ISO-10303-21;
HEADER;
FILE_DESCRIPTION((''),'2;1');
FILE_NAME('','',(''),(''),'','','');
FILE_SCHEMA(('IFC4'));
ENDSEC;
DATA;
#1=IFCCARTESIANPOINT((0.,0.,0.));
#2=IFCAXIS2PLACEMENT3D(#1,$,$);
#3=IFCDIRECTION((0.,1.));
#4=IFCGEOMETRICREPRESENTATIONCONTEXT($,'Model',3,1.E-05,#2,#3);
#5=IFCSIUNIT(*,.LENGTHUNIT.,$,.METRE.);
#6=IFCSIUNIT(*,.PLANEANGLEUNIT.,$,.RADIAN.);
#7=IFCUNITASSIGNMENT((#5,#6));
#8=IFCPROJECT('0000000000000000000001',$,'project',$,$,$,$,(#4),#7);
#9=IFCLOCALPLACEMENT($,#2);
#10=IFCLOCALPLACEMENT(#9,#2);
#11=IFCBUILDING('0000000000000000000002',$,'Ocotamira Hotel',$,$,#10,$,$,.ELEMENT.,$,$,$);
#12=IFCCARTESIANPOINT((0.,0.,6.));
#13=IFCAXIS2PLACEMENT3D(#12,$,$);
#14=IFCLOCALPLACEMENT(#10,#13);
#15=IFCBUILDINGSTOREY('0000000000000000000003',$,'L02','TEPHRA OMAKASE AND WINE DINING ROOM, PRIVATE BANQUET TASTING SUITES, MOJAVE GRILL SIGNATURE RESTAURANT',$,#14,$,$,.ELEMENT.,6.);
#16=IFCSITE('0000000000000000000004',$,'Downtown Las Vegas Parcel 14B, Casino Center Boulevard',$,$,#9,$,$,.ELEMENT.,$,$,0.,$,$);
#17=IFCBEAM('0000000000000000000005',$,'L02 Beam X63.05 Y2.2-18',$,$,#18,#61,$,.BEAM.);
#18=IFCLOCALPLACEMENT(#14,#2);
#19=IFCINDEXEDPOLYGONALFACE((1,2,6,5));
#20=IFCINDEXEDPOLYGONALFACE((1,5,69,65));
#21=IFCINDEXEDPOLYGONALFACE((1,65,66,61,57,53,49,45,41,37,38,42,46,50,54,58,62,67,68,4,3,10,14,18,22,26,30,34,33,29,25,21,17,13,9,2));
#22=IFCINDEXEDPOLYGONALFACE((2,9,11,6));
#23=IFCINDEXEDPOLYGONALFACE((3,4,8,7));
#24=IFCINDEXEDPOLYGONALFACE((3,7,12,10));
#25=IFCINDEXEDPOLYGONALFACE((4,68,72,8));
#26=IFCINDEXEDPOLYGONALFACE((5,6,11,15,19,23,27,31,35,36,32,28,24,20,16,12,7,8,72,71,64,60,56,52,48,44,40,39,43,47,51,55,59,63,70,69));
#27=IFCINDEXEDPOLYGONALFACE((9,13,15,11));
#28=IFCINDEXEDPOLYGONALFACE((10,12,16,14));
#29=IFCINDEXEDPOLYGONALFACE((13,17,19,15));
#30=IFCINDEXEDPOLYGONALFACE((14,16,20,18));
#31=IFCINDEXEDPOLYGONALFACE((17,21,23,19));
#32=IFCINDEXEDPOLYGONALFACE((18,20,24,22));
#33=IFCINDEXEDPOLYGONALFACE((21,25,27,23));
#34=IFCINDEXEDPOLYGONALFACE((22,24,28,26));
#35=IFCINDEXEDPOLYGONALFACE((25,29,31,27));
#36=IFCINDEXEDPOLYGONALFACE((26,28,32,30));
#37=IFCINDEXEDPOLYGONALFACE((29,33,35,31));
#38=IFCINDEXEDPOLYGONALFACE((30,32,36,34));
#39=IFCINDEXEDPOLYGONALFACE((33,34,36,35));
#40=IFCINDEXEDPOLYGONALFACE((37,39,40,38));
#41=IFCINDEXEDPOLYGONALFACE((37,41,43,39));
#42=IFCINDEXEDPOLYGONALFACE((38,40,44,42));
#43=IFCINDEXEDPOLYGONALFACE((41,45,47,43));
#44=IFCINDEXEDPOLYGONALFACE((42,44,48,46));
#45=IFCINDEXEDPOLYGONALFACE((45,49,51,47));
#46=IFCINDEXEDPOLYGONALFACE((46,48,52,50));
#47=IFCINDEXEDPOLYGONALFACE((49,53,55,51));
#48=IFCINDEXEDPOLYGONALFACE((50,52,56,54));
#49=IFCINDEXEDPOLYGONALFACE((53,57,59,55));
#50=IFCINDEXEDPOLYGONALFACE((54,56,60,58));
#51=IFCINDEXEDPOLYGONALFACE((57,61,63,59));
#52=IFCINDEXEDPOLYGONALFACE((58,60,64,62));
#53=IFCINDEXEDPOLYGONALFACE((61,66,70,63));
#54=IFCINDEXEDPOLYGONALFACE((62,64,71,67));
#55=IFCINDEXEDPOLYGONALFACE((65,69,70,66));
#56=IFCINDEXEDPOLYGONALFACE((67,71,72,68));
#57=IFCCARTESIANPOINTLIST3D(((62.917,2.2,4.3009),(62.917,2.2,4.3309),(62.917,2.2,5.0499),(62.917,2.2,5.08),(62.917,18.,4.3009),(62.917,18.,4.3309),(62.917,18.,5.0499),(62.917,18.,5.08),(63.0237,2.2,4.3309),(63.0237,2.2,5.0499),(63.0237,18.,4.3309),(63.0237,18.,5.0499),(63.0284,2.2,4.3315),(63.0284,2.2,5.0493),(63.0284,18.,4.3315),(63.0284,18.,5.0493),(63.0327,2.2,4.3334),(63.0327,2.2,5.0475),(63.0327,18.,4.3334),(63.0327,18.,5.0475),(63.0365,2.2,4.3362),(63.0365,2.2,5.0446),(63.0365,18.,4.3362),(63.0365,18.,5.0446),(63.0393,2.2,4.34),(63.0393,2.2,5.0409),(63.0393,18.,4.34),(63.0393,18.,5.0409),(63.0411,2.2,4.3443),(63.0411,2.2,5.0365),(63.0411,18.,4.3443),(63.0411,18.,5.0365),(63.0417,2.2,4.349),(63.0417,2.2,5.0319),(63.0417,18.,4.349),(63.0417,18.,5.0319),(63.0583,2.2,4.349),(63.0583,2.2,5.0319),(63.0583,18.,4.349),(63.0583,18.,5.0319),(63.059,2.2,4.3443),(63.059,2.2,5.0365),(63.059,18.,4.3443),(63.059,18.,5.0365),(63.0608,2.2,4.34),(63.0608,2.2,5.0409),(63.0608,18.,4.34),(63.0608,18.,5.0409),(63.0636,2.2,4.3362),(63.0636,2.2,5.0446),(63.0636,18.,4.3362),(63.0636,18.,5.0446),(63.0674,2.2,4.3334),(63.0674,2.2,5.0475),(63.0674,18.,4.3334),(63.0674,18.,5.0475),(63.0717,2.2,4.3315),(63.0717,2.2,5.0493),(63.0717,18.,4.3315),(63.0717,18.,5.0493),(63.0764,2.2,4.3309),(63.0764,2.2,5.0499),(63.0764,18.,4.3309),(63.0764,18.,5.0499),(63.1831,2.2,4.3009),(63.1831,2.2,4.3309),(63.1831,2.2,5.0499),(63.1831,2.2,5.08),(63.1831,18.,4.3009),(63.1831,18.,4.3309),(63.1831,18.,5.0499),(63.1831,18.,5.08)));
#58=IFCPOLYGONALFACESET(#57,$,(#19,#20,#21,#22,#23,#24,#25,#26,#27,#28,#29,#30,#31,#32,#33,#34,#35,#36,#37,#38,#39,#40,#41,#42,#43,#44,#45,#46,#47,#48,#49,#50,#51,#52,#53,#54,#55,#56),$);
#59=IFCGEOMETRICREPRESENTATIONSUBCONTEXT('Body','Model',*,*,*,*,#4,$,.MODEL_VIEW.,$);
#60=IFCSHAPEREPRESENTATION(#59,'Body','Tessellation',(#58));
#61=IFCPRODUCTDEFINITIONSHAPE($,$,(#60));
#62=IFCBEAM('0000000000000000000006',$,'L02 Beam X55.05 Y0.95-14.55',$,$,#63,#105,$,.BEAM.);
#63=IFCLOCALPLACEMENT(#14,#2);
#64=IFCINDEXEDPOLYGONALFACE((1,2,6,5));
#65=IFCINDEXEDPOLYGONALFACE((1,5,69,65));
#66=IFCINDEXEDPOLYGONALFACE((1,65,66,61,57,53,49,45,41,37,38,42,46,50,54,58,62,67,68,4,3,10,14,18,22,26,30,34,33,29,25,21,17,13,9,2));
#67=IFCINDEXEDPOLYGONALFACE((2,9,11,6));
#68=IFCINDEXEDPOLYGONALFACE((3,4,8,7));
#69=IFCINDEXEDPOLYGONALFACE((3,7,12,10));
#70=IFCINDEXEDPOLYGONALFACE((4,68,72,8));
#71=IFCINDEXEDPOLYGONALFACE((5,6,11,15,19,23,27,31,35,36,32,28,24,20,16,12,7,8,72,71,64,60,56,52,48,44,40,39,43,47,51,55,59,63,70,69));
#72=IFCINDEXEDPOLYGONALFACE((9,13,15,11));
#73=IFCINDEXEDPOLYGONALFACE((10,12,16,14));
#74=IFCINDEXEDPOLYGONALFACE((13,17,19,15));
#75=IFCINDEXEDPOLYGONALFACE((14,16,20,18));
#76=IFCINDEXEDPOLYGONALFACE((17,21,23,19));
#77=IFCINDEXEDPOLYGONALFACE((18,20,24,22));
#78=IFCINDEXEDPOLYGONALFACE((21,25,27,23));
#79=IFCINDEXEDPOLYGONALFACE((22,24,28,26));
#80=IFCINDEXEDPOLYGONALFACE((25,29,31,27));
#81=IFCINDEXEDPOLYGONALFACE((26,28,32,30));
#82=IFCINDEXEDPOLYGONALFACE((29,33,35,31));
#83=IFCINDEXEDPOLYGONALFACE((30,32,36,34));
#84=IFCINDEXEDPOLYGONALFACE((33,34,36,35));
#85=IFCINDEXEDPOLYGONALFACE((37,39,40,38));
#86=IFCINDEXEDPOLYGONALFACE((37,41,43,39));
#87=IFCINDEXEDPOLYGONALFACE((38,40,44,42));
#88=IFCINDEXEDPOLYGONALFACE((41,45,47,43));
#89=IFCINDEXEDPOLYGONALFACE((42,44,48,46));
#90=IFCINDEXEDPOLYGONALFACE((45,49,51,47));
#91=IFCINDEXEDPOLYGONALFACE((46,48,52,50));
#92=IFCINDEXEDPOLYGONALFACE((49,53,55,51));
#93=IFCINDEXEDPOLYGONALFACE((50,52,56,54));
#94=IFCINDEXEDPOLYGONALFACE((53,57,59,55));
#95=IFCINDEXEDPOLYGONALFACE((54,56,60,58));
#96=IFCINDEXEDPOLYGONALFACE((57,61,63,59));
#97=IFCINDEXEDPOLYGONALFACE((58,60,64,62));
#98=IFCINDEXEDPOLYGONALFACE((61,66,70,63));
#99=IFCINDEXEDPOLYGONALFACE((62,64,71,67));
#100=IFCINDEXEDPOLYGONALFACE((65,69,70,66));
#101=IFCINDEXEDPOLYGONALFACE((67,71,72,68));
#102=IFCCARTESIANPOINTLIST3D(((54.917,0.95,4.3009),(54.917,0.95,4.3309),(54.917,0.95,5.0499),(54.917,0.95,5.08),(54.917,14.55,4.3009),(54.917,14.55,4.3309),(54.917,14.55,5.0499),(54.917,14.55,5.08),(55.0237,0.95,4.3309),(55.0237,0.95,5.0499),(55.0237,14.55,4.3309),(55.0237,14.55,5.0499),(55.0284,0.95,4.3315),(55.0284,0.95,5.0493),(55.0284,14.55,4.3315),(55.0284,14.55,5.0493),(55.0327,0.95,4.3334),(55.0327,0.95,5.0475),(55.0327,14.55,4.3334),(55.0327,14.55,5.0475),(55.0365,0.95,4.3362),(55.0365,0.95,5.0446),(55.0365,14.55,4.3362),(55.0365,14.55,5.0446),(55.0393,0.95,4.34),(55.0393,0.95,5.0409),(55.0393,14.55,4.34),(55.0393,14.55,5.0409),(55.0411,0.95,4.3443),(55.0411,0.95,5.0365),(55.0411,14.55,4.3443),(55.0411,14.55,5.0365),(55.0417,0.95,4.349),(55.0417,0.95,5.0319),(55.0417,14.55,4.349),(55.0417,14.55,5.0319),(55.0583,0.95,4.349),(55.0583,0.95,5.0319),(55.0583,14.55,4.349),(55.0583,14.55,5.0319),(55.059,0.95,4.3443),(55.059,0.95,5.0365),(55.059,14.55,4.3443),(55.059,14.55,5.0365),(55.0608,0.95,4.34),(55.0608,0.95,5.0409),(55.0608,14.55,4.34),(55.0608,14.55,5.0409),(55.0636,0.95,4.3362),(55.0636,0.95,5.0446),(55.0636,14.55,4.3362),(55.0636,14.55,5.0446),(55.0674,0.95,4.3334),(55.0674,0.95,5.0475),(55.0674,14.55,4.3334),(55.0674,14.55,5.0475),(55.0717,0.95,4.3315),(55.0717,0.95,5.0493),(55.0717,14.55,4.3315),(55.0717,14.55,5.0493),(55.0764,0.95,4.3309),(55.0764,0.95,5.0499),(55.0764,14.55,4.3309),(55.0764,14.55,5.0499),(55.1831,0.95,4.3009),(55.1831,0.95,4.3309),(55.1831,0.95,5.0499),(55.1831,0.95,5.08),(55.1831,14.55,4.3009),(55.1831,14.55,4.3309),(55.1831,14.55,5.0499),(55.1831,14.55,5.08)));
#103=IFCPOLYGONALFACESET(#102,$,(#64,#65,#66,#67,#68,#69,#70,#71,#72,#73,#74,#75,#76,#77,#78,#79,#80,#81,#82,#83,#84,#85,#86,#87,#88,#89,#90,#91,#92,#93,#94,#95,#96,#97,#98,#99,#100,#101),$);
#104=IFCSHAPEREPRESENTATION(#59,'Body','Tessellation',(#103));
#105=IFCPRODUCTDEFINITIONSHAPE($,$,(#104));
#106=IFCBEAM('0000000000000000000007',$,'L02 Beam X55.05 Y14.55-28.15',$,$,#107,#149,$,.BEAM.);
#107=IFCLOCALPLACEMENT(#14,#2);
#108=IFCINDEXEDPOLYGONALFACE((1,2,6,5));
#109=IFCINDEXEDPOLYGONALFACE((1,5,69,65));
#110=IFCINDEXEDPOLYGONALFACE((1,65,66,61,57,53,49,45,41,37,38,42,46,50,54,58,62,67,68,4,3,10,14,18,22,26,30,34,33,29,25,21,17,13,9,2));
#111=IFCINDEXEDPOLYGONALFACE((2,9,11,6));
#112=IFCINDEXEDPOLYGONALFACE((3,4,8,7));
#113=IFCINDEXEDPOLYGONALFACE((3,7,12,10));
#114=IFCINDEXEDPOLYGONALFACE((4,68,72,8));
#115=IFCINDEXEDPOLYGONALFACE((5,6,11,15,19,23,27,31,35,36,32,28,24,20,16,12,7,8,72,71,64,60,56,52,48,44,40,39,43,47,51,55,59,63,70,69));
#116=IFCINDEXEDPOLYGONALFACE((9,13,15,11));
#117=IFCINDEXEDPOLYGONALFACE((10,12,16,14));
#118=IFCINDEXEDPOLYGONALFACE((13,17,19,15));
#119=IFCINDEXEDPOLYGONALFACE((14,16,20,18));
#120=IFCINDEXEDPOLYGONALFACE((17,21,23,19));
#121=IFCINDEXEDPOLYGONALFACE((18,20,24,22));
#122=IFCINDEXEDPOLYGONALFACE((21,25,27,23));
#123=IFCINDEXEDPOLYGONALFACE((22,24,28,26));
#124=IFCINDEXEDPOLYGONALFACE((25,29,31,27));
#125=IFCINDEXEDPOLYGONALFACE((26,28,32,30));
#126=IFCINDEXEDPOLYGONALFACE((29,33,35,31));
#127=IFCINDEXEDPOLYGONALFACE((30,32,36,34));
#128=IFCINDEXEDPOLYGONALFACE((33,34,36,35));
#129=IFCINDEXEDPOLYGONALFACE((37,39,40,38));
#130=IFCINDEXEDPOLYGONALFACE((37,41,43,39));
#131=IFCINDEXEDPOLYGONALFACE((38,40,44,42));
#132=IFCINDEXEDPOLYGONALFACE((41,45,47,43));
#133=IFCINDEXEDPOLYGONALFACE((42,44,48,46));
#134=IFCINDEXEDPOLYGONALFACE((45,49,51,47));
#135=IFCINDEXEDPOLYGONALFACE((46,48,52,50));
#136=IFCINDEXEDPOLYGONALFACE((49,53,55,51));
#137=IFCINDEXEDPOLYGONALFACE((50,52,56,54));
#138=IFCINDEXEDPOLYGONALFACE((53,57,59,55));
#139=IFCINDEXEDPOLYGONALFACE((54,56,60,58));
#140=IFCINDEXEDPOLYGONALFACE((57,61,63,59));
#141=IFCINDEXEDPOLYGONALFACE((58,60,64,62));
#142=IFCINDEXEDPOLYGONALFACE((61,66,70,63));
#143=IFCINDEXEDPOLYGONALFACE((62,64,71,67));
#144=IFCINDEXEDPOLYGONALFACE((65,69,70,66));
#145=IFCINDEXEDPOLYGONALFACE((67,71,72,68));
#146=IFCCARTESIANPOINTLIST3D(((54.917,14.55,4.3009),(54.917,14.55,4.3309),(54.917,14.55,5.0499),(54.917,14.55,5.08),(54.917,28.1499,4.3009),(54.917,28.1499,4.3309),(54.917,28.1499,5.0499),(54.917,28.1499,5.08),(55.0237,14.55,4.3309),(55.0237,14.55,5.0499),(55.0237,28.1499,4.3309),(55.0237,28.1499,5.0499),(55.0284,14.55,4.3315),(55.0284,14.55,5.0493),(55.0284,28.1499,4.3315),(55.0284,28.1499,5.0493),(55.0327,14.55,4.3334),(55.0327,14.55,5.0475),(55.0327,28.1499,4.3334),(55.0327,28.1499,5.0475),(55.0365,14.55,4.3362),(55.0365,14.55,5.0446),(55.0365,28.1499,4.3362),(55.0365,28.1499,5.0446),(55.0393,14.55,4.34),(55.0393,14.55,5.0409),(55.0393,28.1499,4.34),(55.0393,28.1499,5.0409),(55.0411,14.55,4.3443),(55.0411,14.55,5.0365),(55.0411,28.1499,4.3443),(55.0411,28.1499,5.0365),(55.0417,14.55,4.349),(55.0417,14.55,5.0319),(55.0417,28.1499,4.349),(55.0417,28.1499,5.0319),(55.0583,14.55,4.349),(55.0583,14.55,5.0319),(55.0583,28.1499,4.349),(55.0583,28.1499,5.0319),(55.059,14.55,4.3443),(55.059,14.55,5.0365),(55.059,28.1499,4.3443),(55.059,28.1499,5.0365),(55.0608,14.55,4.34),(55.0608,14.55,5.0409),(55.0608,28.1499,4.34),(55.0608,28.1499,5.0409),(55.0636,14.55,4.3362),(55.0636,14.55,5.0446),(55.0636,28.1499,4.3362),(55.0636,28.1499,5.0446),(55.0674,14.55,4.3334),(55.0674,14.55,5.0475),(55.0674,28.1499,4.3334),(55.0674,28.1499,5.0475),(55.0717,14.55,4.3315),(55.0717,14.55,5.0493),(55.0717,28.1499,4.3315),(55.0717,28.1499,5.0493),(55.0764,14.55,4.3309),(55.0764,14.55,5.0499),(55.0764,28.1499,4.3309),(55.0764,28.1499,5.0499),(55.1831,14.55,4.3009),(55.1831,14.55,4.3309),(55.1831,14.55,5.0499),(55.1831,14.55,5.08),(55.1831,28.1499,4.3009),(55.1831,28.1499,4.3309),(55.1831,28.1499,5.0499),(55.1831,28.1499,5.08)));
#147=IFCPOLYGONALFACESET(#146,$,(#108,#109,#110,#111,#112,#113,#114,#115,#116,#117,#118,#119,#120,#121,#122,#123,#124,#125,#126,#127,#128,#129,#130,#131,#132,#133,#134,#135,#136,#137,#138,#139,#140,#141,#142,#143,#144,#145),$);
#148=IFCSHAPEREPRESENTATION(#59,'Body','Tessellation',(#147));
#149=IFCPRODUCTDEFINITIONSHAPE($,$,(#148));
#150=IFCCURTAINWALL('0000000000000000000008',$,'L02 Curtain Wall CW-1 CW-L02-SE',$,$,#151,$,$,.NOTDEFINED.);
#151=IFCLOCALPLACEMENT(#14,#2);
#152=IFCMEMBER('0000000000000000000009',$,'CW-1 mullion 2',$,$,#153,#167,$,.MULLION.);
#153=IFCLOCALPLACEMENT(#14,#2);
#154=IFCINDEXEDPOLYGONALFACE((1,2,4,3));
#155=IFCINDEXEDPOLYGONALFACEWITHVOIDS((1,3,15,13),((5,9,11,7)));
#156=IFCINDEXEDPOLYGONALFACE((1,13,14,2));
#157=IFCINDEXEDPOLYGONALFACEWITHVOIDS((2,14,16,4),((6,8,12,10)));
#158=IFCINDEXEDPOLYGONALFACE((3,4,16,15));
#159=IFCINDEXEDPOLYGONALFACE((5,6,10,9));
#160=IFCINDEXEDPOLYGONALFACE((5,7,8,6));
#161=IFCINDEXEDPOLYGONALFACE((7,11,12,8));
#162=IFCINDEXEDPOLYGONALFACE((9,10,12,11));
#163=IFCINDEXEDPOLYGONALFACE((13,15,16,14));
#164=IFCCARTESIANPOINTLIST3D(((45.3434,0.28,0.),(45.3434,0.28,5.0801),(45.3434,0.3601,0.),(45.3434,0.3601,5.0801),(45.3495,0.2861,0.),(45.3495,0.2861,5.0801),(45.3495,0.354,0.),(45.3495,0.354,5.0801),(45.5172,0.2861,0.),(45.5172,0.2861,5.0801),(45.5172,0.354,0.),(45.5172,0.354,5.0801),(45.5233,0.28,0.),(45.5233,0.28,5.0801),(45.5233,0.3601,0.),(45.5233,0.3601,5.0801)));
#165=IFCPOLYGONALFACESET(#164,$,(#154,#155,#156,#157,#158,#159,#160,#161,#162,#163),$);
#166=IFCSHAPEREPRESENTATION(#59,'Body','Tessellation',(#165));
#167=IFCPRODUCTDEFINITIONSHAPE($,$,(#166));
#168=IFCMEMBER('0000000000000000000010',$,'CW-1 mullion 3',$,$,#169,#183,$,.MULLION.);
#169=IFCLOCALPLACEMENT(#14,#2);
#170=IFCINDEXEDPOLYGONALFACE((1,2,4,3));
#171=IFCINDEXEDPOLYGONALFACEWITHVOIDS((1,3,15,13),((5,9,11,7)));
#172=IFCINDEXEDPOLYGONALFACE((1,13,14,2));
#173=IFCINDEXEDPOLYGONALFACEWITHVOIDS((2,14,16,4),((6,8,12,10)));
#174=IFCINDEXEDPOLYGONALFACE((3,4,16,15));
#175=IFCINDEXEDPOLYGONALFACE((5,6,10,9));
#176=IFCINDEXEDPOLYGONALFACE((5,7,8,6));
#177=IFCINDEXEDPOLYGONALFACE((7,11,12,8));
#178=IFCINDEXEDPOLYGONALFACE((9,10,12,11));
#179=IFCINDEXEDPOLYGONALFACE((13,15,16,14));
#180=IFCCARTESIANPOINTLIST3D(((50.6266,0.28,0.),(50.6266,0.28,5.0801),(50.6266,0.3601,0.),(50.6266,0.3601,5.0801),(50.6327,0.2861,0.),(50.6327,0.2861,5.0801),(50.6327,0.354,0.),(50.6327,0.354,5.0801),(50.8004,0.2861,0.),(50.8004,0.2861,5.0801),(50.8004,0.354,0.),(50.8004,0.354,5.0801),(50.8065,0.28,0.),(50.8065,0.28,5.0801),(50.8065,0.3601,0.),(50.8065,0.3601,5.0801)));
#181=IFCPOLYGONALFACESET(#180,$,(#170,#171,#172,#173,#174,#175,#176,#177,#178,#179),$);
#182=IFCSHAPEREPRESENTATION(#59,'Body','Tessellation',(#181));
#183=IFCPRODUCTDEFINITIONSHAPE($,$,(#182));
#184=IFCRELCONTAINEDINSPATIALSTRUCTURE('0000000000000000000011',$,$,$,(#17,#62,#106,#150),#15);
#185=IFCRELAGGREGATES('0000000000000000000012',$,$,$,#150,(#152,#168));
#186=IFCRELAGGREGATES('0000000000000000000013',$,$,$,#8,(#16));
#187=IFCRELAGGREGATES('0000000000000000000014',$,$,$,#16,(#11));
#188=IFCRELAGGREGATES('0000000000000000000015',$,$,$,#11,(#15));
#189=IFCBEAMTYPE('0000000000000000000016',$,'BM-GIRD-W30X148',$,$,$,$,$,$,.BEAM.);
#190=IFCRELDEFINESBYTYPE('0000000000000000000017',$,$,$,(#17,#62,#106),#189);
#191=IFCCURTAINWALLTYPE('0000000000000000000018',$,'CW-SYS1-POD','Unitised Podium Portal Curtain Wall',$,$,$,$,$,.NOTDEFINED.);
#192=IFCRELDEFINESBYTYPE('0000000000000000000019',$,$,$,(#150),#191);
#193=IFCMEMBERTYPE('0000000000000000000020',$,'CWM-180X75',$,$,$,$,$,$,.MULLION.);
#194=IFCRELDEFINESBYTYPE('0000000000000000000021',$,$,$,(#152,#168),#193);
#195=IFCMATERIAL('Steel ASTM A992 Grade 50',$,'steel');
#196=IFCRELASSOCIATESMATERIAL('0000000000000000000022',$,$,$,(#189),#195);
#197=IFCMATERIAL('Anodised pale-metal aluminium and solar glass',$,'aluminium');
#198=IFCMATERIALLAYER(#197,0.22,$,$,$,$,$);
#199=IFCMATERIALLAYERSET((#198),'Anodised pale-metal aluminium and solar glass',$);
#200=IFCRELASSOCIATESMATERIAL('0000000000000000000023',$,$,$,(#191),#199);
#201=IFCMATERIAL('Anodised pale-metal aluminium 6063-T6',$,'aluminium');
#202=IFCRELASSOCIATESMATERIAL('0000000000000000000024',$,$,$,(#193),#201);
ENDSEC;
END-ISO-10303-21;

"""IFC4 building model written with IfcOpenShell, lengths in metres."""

from ifc_helpers import new_model, si_unit, direction, frame, origin, origin_2d, place, context, subcontext, project, spatial, hollow_rectangle, i_section, extrude, source, transform, mapped, material, layer, layer_set, material_profile, profile_set, type_object, element, aggregate, save


model = new_model("IFC4")

# Units and contexts
model_context = context("Model", 3, precision=1e-05, world=origin(), true_north=direction((0.0, 1.0)))
body_context = subcontext(model_context, "Body", "Model", "MODEL_VIEW")
ifc_project = project(units=[si_unit("LENGTHUNIT", "METRE"), si_unit("PLANEANGLEUNIT", "RADIAN")], contexts=[model_context])

# Site, building, storey
site_placement = place(None, origin())
site = spatial("IfcSite", under=ifc_project, at=site_placement, Name="Downtown Las Vegas Parcel 14B, Casino Center Boulevard", CompositionType="ELEMENT", RefElevation=0.0)
building_placement = place(site_placement, origin())
building = spatial("IfcBuilding", under=site, at=building_placement, Name="Ocotamira Hotel", CompositionType="ELEMENT")
storey_placement = place(building_placement, frame((0.0, 0.0, 6.0)))
storey = spatial("IfcBuildingStorey", under=building, at=storey_placement, Name="L02", Description="TEPHRA OMAKASE AND WINE DINING ROOM, PRIVATE BANQUET TASTING SUITES, MOJAVE GRILL SIGNATURE RESTAURANT", CompositionType="ELEMENT", Elevation=6.0)

# Beams
ifc_material_1 = material(Name="Steel ASTM A992 Grade 50", Category="steel")
ifc_material_profile_1 = material_profile(ifc_material_1, i_section(OverallWidth=0.2661, OverallDepth=0.7791, WebThickness=0.0166, FlangeThickness=0.03, FilletRadius=0.0181, at=origin_2d()), Name="W30X148")
ifc_profile_set_1 = profile_set([ifc_material_profile_1], Name="Steel ASTM A992 Grade 50")
beam_type_1 = type_object("IfcBeamType", Name="BM-GIRD-W30X148", PredefinedType="BEAM", material=ifc_profile_set_1)
shared_shape_1 = source(origin(), body_context, "Body", "SweptSolid", [
    extrude(i_section(OverallWidth=0.2661, OverallDepth=0.7791, WebThickness=0.0166, FlangeThickness=0.03, FilletRadius=0.0181, at=origin_2d()), origin(), (0.0, 0.0, 1.0), 15.8),
])
beam_1_placement = place(storey_placement, frame((63.05, 2.2, 4.6904), z_axis=(0.0, 1.0, 0.0), x_axis=(-1.0, 0.0, 0.0)))
element("IfcBeam", 1, at=beam_1_placement, inside=storey, type_object=beam_type_1, Name="L02 Beam X63.05 Y2.2-18", PredefinedType="BEAM", context=body_context, shape_type="MappedRepresentation", body=[
    mapped(shared_shape_1, transform((0.0, 0.0, 0.0), scale=1.0)),
])
shared_shape_2 = source(origin(), body_context, "Body", "SweptSolid", [
    extrude(i_section(OverallWidth=0.2661, OverallDepth=0.7791, WebThickness=0.0166, FlangeThickness=0.03, FilletRadius=0.0181, at=origin_2d()), origin(), (0.0, 0.0, 1.0), 13.6001),
])
beam_2_placement = place(storey_placement, frame((55.05, 0.95, 4.6904), z_axis=(0.0, 1.0, 0.0), x_axis=(-1.0, 0.0, 0.0)))
element("IfcBeam", 2, at=beam_2_placement, inside=storey, type_object=beam_type_1, Name="L02 Beam X55.05 Y0.95-14.55", PredefinedType="BEAM", context=body_context, shape_type="MappedRepresentation", body=[
    mapped(shared_shape_2, transform((0.0, 0.0, 0.0), scale=1.0)),
])
shared_shape_3 = source(origin(), body_context, "Body", "SweptSolid", [
    extrude(i_section(OverallWidth=0.2661, OverallDepth=0.7791, WebThickness=0.0166, FlangeThickness=0.03, FilletRadius=0.0181, at=origin_2d()), origin(), (0.0, 0.0, 1.0), 13.5999),
])
beam_3_placement = place(storey_placement, frame((55.05, 14.55, 4.6904), z_axis=(0.0, 1.0, 0.0), x_axis=(-1.0, 0.0, 0.0)))
element("IfcBeam", 3, at=beam_3_placement, inside=storey, type_object=beam_type_1, Name="L02 Beam X55.05 Y14.55-28.15", PredefinedType="BEAM", context=body_context, shape_type="MappedRepresentation", body=[
    mapped(shared_shape_3, transform((0.0, 0.0, 0.0), scale=1.0)),
])

# Curtain wall, members
ifc_material_2 = material(Name="Anodised pale-metal aluminium and solar glass", Category="aluminium")
ifc_layer_1 = layer(ifc_material_2, 0.22)
ifc_layer_set_1 = layer_set([ifc_layer_1], Name="Anodised pale-metal aluminium and solar glass")
curtain_wall_type = type_object("IfcCurtainWallType", Name="CW-SYS1-POD", Description="Unitised Podium Portal Curtain Wall", PredefinedType="NOTDEFINED", material=ifc_layer_set_1)
curtain_wall_placement = place(storey_placement, origin())
curtain_wall = element("IfcCurtainWall", 4, at=curtain_wall_placement, inside=storey, type_object=curtain_wall_type, Name="L02 Curtain Wall CW-1 CW-L02-SE", PredefinedType="NOTDEFINED")
ifc_material_3 = material(Name="Anodised pale-metal aluminium 6063-T6", Category="aluminium")
ifc_material_profile_2 = material_profile(ifc_material_3, hollow_rectangle(XDim=0.0801, YDim=0.1799, WallThickness=0.0061, at=origin_2d()), Name="HSS180X80X6")
ifc_profile_set_2 = profile_set([ifc_material_profile_2], Name="Anodised pale-metal aluminium 6063-T6")
member_type_1 = type_object("IfcMemberType", Name="CWM-180X75", PredefinedType="MULLION", material=ifc_profile_set_2)
shared_shape_4 = source(origin(), body_context, "Body", "SweptSolid", [
    extrude(hollow_rectangle(XDim=0.0801, YDim=0.1799, WallThickness=0.0061, at=origin_2d()), origin(), (0.0, 0.0, 1.0), 5.0801),
])
member_1_placement = place(storey_placement, frame((45.4333, 0.3201, 0.0), z_axis=(0.0, 0.0, 1.0), x_axis=(0.0, 1.0, 0.0)))
member_1 = element("IfcMember", 5, at=member_1_placement, type_object=member_type_1, Name="CW-1 mullion 2", PredefinedType="MULLION", context=body_context, shape_type="MappedRepresentation", body=[
    mapped(shared_shape_4, transform((0.0, 0.0, 0.0), scale=1.0)),
])
member_2_placement = place(storey_placement, frame((50.7166, 0.3201, 0.0), z_axis=(0.0, 0.0, 1.0), x_axis=(0.0, 1.0, 0.0)))
member_2 = element("IfcMember", 6, at=member_2_placement, type_object=member_type_1, Name="CW-1 mullion 3", PredefinedType="MULLION", context=body_context, shape_type="MappedRepresentation", body=[
    mapped(shared_shape_4, transform((0.0, 0.0, 0.0), scale=1.0)),
])
aggregate(curtain_wall, [member_1, member_2])

save(model, "model.ifc")
